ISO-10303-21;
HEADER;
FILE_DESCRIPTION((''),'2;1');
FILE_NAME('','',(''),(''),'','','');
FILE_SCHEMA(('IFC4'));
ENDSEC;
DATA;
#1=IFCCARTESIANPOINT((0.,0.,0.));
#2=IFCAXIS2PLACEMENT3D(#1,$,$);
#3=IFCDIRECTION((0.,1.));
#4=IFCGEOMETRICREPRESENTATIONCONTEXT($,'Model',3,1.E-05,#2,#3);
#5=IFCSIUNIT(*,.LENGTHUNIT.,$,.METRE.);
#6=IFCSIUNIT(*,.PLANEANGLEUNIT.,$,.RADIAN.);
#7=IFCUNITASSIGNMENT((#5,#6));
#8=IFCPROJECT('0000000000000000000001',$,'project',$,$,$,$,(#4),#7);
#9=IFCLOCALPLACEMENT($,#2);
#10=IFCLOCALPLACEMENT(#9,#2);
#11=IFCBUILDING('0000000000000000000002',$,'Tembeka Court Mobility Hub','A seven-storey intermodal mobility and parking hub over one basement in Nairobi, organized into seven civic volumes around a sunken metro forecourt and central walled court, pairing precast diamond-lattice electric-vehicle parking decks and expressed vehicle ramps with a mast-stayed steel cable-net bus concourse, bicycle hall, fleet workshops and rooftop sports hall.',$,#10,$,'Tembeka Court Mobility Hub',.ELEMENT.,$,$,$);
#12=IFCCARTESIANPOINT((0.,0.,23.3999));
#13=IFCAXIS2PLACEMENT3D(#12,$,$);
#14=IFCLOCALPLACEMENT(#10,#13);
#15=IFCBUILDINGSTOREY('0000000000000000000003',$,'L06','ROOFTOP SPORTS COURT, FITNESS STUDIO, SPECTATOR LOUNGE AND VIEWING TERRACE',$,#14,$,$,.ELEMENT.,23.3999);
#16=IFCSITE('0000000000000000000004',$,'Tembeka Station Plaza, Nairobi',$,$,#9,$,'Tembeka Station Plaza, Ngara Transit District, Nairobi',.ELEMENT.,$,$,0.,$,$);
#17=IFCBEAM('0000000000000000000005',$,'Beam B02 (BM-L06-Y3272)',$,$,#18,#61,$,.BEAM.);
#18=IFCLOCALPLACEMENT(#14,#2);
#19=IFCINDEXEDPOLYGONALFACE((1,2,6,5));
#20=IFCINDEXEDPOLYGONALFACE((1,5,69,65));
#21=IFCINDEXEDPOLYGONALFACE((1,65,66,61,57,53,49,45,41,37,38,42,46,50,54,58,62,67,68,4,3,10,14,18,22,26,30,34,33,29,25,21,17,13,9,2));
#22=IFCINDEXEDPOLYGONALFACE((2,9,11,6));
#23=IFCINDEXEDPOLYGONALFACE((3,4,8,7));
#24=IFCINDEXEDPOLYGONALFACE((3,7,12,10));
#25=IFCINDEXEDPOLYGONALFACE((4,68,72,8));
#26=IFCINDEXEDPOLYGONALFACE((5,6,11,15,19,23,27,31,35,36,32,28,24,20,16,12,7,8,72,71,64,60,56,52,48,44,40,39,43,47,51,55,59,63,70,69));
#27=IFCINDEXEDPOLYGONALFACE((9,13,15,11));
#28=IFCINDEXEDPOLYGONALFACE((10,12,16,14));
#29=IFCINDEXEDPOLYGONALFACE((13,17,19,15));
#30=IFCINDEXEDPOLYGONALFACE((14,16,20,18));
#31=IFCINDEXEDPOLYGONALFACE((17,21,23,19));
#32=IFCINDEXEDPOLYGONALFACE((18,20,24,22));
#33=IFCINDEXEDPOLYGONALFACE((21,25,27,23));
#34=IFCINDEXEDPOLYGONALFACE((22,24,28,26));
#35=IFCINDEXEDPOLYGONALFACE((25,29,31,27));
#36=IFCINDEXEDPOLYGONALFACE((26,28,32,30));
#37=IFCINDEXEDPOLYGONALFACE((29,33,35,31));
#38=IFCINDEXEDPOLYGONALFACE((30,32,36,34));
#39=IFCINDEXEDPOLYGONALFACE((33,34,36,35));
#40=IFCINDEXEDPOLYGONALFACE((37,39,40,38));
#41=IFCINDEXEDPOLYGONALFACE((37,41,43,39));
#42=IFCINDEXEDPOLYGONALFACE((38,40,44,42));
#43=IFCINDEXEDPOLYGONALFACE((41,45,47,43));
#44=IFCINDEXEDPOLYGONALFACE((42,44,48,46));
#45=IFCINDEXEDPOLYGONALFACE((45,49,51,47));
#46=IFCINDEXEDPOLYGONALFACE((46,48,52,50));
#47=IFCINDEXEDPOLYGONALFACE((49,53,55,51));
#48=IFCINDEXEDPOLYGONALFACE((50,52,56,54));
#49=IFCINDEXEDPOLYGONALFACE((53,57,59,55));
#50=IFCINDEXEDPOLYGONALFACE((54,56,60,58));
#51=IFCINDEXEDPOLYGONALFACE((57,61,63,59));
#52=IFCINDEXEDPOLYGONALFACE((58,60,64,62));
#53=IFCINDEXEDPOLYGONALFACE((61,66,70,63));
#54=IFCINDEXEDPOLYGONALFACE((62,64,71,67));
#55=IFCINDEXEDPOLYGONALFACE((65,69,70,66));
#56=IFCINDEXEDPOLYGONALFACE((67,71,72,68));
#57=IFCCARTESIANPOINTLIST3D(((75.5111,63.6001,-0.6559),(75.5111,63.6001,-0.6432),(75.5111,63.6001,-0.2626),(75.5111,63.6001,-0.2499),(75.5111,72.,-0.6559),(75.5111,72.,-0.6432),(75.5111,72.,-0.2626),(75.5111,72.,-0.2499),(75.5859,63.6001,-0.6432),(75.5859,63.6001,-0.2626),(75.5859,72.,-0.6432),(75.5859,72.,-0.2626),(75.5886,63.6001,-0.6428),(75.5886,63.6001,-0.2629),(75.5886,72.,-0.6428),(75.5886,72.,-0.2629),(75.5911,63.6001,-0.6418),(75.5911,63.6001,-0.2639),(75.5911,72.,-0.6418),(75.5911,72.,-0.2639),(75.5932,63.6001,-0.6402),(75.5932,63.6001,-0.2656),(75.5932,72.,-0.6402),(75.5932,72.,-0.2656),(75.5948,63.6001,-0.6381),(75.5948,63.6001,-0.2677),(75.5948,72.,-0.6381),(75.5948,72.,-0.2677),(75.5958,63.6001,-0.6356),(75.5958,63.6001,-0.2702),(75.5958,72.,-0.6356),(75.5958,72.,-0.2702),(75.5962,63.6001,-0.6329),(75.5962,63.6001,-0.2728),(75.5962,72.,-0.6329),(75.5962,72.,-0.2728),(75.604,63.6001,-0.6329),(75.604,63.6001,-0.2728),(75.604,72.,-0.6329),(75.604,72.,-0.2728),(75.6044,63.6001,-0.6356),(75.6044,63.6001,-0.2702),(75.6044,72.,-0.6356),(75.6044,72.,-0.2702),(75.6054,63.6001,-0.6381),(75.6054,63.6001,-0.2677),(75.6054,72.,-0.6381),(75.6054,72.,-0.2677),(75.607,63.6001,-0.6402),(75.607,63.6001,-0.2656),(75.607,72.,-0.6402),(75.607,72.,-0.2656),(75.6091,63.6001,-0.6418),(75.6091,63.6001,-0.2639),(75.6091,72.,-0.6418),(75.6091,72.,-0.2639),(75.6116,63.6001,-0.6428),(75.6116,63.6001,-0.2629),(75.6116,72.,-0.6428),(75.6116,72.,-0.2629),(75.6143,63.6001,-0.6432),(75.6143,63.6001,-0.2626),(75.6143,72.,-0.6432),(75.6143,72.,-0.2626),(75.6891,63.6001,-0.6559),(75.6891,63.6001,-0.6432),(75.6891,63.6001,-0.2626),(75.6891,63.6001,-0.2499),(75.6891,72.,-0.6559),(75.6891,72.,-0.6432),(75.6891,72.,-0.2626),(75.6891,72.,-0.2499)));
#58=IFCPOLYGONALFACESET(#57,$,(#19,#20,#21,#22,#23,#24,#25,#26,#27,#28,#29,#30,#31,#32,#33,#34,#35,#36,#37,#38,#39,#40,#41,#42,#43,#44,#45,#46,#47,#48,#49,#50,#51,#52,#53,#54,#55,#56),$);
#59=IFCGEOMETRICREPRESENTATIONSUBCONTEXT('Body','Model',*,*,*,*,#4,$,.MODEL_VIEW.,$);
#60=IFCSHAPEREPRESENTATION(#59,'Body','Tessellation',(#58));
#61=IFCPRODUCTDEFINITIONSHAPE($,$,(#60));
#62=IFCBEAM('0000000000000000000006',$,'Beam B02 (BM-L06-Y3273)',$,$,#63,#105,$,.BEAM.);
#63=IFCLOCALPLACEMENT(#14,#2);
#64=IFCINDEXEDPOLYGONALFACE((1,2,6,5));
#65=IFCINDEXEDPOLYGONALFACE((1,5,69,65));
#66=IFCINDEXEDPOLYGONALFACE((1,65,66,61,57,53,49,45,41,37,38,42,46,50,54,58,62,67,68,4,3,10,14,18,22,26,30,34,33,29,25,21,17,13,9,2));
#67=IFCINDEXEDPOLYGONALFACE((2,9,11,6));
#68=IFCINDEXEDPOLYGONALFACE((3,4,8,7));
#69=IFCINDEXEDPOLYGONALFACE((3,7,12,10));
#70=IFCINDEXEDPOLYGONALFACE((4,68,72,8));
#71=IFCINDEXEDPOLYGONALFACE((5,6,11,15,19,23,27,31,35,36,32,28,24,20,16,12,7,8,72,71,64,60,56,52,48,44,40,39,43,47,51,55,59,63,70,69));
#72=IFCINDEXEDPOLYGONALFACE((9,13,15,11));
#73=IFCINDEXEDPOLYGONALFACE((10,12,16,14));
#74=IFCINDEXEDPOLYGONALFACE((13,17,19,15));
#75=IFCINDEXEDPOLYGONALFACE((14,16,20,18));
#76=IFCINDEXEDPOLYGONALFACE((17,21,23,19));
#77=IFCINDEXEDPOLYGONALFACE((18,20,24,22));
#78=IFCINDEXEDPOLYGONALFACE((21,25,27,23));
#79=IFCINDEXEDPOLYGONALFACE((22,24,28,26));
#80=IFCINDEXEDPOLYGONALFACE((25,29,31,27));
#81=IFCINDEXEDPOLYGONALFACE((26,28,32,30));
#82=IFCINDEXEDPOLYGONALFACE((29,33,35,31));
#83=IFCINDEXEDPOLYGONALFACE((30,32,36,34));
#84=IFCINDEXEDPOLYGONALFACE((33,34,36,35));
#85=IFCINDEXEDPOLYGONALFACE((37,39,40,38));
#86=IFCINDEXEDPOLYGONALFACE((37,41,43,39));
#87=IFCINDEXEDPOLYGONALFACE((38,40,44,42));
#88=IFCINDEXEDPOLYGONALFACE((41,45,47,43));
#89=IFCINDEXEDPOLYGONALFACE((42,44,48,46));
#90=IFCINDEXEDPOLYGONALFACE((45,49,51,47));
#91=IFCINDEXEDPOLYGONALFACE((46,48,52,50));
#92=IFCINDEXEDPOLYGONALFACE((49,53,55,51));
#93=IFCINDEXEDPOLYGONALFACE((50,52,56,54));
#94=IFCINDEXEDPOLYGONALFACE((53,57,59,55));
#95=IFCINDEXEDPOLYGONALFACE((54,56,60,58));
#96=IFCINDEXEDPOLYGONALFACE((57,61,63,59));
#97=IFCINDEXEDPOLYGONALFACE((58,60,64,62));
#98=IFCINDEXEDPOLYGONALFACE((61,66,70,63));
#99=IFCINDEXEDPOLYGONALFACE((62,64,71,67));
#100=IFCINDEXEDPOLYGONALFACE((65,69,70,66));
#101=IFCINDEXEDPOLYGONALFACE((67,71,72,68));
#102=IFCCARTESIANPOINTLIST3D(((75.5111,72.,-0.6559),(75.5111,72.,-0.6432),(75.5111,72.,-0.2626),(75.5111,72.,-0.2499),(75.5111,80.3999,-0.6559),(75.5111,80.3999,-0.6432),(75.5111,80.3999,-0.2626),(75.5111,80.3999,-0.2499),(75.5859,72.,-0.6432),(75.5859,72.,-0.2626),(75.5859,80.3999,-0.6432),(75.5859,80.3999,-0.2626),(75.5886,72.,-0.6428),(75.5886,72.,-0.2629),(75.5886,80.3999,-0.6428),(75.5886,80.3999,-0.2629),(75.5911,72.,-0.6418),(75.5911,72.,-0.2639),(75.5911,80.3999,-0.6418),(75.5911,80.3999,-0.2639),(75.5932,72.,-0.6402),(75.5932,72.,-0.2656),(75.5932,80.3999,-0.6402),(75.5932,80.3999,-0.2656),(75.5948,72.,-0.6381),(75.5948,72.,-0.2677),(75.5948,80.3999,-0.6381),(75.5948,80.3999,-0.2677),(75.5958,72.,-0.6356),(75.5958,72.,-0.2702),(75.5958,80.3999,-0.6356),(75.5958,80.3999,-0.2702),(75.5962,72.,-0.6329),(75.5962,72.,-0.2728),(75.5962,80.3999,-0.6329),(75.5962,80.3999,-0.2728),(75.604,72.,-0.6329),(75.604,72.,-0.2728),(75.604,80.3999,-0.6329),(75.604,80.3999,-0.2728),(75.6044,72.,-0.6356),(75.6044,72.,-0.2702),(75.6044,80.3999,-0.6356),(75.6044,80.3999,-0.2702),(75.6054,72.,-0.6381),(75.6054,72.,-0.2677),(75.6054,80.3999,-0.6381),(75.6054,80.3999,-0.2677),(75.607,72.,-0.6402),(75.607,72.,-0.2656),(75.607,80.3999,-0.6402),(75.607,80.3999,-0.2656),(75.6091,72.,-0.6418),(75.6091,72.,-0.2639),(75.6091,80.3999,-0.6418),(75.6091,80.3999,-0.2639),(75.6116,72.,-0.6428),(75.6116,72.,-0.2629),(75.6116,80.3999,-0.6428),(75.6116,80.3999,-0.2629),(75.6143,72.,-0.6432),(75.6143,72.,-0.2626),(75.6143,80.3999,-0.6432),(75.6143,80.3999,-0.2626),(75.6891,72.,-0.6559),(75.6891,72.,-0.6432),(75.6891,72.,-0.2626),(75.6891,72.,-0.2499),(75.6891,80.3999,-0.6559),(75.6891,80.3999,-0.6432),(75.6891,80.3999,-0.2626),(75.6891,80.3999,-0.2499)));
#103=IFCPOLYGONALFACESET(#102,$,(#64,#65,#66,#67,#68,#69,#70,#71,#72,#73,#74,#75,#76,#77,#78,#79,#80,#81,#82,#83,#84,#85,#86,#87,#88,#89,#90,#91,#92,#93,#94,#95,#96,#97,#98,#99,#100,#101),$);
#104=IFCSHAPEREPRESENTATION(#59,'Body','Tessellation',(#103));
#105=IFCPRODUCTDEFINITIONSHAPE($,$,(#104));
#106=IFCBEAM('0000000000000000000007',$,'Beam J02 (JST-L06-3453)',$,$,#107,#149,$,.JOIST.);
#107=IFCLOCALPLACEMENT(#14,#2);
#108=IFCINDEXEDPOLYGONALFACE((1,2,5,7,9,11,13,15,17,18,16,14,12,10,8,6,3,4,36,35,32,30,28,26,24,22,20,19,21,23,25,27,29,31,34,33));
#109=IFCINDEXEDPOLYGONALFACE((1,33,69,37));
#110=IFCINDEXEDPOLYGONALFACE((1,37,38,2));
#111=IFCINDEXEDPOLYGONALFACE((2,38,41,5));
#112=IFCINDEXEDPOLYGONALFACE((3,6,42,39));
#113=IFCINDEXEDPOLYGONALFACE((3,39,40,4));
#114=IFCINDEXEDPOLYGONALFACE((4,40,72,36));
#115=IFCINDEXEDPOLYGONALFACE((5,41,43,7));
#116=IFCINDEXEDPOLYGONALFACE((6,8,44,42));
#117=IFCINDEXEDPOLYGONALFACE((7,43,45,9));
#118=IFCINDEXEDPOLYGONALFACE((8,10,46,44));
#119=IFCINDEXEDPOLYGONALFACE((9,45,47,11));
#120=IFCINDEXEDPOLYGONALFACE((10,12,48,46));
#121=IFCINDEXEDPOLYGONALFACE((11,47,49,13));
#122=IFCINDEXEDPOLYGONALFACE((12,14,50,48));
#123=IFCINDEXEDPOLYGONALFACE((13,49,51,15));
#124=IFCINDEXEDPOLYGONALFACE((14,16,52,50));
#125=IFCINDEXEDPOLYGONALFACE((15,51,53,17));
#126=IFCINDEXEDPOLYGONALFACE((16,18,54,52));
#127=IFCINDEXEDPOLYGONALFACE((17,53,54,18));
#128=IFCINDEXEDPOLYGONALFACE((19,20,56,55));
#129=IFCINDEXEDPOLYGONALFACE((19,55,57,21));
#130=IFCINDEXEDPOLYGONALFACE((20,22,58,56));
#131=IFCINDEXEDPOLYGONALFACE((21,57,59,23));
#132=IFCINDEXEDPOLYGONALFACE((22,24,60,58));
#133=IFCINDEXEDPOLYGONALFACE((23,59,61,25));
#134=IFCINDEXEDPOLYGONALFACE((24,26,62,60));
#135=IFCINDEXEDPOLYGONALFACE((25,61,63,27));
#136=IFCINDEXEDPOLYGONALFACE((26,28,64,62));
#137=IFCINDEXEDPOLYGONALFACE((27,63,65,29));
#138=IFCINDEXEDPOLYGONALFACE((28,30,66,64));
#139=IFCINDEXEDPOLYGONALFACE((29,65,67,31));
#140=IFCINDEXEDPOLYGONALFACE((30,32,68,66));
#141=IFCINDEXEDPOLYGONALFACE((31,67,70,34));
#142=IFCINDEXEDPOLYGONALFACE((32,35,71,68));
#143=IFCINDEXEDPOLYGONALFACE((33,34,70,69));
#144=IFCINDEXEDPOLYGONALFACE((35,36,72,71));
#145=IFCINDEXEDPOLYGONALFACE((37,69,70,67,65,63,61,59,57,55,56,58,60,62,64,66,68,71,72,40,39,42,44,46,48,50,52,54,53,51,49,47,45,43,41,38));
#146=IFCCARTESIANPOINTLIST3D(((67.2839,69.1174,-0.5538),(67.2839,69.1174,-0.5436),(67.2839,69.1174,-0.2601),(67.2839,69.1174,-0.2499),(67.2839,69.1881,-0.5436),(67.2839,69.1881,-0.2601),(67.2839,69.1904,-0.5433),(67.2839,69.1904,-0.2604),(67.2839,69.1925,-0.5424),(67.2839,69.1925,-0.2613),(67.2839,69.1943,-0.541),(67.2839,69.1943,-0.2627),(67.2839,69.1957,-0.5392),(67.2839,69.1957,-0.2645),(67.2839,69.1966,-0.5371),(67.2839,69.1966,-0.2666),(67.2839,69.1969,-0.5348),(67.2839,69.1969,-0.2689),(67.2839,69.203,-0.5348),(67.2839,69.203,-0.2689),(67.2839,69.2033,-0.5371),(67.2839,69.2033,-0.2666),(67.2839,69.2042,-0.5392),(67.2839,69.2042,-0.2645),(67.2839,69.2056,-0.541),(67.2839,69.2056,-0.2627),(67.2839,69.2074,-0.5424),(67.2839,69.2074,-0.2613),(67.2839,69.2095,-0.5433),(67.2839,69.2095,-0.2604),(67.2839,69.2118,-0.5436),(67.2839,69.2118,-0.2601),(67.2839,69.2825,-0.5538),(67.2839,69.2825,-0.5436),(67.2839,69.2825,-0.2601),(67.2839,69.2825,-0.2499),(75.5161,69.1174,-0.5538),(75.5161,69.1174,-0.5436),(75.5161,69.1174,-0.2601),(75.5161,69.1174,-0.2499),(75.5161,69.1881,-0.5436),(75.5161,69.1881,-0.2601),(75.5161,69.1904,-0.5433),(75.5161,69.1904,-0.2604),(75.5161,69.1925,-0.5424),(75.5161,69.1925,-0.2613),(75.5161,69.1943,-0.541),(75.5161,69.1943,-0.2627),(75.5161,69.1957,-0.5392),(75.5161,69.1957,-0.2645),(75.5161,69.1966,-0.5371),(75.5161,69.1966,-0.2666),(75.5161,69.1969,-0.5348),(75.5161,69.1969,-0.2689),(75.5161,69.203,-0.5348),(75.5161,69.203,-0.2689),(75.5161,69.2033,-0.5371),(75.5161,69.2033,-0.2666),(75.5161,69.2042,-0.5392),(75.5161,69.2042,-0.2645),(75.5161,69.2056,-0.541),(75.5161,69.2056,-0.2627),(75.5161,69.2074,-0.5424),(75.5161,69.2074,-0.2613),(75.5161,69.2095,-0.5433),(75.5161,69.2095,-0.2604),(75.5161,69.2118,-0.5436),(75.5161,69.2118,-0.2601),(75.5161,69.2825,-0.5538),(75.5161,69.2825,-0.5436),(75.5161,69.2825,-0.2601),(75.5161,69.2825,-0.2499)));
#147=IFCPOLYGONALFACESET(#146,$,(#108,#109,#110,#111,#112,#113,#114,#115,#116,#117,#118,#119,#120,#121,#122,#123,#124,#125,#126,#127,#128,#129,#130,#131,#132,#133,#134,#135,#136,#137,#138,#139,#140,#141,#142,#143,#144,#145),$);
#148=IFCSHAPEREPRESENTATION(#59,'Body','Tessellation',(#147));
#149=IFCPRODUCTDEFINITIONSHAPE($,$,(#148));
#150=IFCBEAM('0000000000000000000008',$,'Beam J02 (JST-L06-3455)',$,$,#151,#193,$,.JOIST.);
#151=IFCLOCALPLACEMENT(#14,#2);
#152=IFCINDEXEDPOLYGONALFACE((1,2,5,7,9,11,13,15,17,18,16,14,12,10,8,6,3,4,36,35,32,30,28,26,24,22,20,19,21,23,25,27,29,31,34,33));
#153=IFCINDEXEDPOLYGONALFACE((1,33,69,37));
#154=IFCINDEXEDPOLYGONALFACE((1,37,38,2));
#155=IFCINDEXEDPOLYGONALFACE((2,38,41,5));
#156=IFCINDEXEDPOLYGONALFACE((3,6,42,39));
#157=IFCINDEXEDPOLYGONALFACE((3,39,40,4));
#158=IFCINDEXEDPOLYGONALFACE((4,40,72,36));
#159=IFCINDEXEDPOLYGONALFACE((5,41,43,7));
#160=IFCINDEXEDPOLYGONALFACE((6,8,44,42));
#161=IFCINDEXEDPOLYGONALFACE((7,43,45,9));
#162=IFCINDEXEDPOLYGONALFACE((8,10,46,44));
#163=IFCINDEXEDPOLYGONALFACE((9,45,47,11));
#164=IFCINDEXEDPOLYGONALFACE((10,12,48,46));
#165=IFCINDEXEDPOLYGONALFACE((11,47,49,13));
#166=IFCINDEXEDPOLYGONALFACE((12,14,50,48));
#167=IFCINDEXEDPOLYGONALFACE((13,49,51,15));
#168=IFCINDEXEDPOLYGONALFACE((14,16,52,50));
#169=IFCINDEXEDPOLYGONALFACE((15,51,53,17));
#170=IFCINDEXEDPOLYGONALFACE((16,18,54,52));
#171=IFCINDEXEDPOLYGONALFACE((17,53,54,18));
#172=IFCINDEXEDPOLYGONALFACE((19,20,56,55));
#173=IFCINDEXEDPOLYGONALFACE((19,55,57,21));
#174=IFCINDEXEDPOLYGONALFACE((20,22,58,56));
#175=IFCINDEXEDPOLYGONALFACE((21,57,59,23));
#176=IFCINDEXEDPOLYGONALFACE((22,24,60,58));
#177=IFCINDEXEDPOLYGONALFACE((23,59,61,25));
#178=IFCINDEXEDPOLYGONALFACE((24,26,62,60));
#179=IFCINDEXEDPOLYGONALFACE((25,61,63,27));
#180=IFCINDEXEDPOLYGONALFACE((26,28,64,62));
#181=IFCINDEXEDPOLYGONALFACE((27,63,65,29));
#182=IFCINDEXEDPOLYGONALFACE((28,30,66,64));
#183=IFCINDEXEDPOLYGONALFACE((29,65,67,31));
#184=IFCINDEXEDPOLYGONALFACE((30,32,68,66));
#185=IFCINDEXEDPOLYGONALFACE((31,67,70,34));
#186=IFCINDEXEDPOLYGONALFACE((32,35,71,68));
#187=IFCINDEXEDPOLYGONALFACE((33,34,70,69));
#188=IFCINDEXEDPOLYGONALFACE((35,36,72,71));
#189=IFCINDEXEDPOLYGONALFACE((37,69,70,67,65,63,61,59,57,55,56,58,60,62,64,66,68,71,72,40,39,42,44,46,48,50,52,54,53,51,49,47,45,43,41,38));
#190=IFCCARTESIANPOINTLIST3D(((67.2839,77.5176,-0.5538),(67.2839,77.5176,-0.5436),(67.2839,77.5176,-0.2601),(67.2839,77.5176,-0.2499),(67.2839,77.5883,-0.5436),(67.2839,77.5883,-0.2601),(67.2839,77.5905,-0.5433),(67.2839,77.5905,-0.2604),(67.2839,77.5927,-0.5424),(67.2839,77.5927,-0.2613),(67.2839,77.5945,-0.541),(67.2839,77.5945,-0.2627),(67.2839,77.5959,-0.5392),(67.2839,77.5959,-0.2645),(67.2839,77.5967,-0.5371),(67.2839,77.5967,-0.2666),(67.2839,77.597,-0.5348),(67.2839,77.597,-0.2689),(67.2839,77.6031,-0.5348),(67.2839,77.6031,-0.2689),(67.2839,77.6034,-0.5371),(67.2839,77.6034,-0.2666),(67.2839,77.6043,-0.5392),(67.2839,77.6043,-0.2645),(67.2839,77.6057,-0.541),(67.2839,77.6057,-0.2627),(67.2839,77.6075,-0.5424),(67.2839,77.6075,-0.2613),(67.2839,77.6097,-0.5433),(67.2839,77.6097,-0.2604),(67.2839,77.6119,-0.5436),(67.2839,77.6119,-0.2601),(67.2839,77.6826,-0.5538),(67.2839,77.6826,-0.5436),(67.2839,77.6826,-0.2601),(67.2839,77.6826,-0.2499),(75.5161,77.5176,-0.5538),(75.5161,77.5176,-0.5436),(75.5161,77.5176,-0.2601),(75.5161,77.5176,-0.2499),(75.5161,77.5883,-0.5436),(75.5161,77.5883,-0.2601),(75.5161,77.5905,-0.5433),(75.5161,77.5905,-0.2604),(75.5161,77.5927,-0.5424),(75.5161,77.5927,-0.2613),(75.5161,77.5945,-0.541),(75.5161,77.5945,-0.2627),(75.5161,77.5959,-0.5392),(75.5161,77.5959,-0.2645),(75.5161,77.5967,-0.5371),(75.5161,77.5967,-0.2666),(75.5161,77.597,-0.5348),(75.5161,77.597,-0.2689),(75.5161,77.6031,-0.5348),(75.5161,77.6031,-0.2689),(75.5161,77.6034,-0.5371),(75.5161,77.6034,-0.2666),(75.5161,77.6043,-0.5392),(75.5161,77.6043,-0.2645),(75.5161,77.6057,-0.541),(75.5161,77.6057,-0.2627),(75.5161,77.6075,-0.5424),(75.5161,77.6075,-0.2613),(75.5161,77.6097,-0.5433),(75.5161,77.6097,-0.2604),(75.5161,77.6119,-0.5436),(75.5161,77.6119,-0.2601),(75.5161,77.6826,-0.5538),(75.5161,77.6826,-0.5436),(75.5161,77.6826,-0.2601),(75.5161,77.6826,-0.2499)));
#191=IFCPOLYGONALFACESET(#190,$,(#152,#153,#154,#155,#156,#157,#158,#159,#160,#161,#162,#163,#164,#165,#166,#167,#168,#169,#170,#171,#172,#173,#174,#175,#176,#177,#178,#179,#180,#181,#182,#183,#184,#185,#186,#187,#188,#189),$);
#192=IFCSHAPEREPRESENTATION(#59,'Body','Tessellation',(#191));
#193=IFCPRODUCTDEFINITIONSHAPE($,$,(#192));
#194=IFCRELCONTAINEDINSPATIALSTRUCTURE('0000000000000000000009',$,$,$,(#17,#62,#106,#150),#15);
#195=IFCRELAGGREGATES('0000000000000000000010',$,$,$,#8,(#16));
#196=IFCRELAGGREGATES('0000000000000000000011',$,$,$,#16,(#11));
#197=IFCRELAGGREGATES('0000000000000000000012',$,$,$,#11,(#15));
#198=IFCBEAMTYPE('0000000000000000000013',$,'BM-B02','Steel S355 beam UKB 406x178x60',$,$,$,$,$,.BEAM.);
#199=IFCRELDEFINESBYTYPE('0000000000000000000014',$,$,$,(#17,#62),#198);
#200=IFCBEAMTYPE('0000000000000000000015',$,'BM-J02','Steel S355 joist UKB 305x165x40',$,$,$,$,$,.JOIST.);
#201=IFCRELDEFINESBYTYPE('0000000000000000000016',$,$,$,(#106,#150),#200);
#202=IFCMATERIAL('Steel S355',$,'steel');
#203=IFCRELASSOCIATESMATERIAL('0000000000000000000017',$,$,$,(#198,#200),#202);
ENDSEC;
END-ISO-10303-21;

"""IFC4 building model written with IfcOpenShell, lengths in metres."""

from ifc_helpers import new_model, si_unit, direction, frame, origin, origin_2d, place, context, subcontext, project, spatial, i_section, extrude, material, material_profile, profile_set, type_object, element, save


model = new_model("IFC4")

# Units and contexts
model_context = context("Model", 3, precision=1e-05, world=origin(), true_north=direction((0.0, 1.0)))
body_context = subcontext(model_context, "Body", "Model", "MODEL_VIEW")
ifc_project = project(units=[si_unit("LENGTHUNIT", "METRE"), si_unit("PLANEANGLEUNIT", "RADIAN")], contexts=[model_context])

# Site, building, storey
site_placement = place(None, origin())
site = spatial("IfcSite", under=ifc_project, at=site_placement, Name="Tembeka Station Plaza, Nairobi", LongName="Tembeka Station Plaza, Ngara Transit District, Nairobi", CompositionType="ELEMENT", RefElevation=0.0)
building_placement = place(site_placement, origin())
building = spatial("IfcBuilding", under=site, at=building_placement, Name="Tembeka Court Mobility Hub", Description="A seven-storey intermodal mobility and parking hub over one basement in Nairobi, organized into seven civic volumes around a sunken metro forecourt and central walled court, pairing precast diamond-lattice electric-vehicle parking decks and expressed vehicle ramps with a mast-stayed steel cable-net bus concourse, bicycle hall, fleet workshops and rooftop sports hall.", LongName="Tembeka Court Mobility Hub", CompositionType="ELEMENT")
storey_placement = place(building_placement, frame((0.0, 0.0, 23.3999)))
storey = spatial("IfcBuildingStorey", under=building, at=storey_placement, Name="L06", Description="ROOFTOP SPORTS COURT, FITNESS STUDIO, SPECTATOR LOUNGE AND VIEWING TERRACE", CompositionType="ELEMENT", Elevation=23.3999)

# Shared definitions
ifc_material_1 = material(Name="Steel S355", Category="steel")

# Beams
ifc_material_profile_1 = material_profile(ifc_material_1, i_section(OverallWidth=0.178, OverallDepth=0.406, WebThickness=0.0078, FlangeThickness=0.0127, FilletRadius=0.0103, at=origin_2d()), Name="UKB 406x178x60")
ifc_profile_set_1 = profile_set([ifc_material_profile_1], Name="Steel S355")
beam_type_1 = type_object("IfcBeamType", Name="BM-B02", Description="Steel S355 beam UKB 406x178x60", PredefinedType="BEAM", material=ifc_profile_set_1)
for number, where, z_axis, x_axis, name in (
    (1, (75.6001, 63.6001, -0.4529), (0.0, 1.0, 0.0), (-1.0, 0.0, 0.0), "Beam B02 (BM-L06-Y3272)"),
    (2, (75.6001, 72.0, -0.4529), (0.0, 1.0, 0.0), (-1.0, 0.0, 0.0), "Beam B02 (BM-L06-Y3273)"),
):
    element("IfcBeam", number, at=place(storey_placement, frame(where, z_axis=z_axis, x_axis=x_axis)), inside=storey, type_object=beam_type_1, Name=name, PredefinedType="BEAM", context=body_context, shape_type="SweptSolid", body=[
        extrude(i_section(OverallWidth=0.178, OverallDepth=0.406, WebThickness=0.0078, FlangeThickness=0.0127, FilletRadius=0.0103, at=origin_2d()), origin(), (0.0, 0.0, 1.0), 8.3999),
    ])
ifc_material_profile_2 = material_profile(ifc_material_1, i_section(OverallWidth=0.165, OverallDepth=0.304, WebThickness=0.0061, FlangeThickness=0.0103, FilletRadius=0.0088, at=origin_2d()), Name="UKB 305x165x40")
ifc_profile_set_2 = profile_set([ifc_material_profile_2], Name="Steel S355")
beam_type_2 = type_object("IfcBeamType", Name="BM-J02", Description="Steel S355 joist UKB 305x165x40", PredefinedType="JOIST", material=ifc_profile_set_2)
for number, where, z_axis, x_axis, name in (
    (3, (67.2839, 69.2, -0.4019), (1.0, 0.0, 0.0), (0.0, 1.0, 0.0), "Beam J02 (JST-L06-3453)"),
    (4, (67.2839, 77.6001, -0.4019), (1.0, 0.0, 0.0), (0.0, 1.0, 0.0), "Beam J02 (JST-L06-3455)"),
):
    element("IfcBeam", number, at=place(storey_placement, frame(where, z_axis=z_axis, x_axis=x_axis)), inside=storey, type_object=beam_type_2, Name=name, PredefinedType="JOIST", context=body_context, shape_type="SweptSolid", body=[
        extrude(i_section(OverallWidth=0.165, OverallDepth=0.304, WebThickness=0.0061, FlangeThickness=0.0103, FilletRadius=0.0088, at=origin_2d()), origin(), (0.0, 0.0, 1.0), 8.2322),
    ])

save(model, "model.ifc")
